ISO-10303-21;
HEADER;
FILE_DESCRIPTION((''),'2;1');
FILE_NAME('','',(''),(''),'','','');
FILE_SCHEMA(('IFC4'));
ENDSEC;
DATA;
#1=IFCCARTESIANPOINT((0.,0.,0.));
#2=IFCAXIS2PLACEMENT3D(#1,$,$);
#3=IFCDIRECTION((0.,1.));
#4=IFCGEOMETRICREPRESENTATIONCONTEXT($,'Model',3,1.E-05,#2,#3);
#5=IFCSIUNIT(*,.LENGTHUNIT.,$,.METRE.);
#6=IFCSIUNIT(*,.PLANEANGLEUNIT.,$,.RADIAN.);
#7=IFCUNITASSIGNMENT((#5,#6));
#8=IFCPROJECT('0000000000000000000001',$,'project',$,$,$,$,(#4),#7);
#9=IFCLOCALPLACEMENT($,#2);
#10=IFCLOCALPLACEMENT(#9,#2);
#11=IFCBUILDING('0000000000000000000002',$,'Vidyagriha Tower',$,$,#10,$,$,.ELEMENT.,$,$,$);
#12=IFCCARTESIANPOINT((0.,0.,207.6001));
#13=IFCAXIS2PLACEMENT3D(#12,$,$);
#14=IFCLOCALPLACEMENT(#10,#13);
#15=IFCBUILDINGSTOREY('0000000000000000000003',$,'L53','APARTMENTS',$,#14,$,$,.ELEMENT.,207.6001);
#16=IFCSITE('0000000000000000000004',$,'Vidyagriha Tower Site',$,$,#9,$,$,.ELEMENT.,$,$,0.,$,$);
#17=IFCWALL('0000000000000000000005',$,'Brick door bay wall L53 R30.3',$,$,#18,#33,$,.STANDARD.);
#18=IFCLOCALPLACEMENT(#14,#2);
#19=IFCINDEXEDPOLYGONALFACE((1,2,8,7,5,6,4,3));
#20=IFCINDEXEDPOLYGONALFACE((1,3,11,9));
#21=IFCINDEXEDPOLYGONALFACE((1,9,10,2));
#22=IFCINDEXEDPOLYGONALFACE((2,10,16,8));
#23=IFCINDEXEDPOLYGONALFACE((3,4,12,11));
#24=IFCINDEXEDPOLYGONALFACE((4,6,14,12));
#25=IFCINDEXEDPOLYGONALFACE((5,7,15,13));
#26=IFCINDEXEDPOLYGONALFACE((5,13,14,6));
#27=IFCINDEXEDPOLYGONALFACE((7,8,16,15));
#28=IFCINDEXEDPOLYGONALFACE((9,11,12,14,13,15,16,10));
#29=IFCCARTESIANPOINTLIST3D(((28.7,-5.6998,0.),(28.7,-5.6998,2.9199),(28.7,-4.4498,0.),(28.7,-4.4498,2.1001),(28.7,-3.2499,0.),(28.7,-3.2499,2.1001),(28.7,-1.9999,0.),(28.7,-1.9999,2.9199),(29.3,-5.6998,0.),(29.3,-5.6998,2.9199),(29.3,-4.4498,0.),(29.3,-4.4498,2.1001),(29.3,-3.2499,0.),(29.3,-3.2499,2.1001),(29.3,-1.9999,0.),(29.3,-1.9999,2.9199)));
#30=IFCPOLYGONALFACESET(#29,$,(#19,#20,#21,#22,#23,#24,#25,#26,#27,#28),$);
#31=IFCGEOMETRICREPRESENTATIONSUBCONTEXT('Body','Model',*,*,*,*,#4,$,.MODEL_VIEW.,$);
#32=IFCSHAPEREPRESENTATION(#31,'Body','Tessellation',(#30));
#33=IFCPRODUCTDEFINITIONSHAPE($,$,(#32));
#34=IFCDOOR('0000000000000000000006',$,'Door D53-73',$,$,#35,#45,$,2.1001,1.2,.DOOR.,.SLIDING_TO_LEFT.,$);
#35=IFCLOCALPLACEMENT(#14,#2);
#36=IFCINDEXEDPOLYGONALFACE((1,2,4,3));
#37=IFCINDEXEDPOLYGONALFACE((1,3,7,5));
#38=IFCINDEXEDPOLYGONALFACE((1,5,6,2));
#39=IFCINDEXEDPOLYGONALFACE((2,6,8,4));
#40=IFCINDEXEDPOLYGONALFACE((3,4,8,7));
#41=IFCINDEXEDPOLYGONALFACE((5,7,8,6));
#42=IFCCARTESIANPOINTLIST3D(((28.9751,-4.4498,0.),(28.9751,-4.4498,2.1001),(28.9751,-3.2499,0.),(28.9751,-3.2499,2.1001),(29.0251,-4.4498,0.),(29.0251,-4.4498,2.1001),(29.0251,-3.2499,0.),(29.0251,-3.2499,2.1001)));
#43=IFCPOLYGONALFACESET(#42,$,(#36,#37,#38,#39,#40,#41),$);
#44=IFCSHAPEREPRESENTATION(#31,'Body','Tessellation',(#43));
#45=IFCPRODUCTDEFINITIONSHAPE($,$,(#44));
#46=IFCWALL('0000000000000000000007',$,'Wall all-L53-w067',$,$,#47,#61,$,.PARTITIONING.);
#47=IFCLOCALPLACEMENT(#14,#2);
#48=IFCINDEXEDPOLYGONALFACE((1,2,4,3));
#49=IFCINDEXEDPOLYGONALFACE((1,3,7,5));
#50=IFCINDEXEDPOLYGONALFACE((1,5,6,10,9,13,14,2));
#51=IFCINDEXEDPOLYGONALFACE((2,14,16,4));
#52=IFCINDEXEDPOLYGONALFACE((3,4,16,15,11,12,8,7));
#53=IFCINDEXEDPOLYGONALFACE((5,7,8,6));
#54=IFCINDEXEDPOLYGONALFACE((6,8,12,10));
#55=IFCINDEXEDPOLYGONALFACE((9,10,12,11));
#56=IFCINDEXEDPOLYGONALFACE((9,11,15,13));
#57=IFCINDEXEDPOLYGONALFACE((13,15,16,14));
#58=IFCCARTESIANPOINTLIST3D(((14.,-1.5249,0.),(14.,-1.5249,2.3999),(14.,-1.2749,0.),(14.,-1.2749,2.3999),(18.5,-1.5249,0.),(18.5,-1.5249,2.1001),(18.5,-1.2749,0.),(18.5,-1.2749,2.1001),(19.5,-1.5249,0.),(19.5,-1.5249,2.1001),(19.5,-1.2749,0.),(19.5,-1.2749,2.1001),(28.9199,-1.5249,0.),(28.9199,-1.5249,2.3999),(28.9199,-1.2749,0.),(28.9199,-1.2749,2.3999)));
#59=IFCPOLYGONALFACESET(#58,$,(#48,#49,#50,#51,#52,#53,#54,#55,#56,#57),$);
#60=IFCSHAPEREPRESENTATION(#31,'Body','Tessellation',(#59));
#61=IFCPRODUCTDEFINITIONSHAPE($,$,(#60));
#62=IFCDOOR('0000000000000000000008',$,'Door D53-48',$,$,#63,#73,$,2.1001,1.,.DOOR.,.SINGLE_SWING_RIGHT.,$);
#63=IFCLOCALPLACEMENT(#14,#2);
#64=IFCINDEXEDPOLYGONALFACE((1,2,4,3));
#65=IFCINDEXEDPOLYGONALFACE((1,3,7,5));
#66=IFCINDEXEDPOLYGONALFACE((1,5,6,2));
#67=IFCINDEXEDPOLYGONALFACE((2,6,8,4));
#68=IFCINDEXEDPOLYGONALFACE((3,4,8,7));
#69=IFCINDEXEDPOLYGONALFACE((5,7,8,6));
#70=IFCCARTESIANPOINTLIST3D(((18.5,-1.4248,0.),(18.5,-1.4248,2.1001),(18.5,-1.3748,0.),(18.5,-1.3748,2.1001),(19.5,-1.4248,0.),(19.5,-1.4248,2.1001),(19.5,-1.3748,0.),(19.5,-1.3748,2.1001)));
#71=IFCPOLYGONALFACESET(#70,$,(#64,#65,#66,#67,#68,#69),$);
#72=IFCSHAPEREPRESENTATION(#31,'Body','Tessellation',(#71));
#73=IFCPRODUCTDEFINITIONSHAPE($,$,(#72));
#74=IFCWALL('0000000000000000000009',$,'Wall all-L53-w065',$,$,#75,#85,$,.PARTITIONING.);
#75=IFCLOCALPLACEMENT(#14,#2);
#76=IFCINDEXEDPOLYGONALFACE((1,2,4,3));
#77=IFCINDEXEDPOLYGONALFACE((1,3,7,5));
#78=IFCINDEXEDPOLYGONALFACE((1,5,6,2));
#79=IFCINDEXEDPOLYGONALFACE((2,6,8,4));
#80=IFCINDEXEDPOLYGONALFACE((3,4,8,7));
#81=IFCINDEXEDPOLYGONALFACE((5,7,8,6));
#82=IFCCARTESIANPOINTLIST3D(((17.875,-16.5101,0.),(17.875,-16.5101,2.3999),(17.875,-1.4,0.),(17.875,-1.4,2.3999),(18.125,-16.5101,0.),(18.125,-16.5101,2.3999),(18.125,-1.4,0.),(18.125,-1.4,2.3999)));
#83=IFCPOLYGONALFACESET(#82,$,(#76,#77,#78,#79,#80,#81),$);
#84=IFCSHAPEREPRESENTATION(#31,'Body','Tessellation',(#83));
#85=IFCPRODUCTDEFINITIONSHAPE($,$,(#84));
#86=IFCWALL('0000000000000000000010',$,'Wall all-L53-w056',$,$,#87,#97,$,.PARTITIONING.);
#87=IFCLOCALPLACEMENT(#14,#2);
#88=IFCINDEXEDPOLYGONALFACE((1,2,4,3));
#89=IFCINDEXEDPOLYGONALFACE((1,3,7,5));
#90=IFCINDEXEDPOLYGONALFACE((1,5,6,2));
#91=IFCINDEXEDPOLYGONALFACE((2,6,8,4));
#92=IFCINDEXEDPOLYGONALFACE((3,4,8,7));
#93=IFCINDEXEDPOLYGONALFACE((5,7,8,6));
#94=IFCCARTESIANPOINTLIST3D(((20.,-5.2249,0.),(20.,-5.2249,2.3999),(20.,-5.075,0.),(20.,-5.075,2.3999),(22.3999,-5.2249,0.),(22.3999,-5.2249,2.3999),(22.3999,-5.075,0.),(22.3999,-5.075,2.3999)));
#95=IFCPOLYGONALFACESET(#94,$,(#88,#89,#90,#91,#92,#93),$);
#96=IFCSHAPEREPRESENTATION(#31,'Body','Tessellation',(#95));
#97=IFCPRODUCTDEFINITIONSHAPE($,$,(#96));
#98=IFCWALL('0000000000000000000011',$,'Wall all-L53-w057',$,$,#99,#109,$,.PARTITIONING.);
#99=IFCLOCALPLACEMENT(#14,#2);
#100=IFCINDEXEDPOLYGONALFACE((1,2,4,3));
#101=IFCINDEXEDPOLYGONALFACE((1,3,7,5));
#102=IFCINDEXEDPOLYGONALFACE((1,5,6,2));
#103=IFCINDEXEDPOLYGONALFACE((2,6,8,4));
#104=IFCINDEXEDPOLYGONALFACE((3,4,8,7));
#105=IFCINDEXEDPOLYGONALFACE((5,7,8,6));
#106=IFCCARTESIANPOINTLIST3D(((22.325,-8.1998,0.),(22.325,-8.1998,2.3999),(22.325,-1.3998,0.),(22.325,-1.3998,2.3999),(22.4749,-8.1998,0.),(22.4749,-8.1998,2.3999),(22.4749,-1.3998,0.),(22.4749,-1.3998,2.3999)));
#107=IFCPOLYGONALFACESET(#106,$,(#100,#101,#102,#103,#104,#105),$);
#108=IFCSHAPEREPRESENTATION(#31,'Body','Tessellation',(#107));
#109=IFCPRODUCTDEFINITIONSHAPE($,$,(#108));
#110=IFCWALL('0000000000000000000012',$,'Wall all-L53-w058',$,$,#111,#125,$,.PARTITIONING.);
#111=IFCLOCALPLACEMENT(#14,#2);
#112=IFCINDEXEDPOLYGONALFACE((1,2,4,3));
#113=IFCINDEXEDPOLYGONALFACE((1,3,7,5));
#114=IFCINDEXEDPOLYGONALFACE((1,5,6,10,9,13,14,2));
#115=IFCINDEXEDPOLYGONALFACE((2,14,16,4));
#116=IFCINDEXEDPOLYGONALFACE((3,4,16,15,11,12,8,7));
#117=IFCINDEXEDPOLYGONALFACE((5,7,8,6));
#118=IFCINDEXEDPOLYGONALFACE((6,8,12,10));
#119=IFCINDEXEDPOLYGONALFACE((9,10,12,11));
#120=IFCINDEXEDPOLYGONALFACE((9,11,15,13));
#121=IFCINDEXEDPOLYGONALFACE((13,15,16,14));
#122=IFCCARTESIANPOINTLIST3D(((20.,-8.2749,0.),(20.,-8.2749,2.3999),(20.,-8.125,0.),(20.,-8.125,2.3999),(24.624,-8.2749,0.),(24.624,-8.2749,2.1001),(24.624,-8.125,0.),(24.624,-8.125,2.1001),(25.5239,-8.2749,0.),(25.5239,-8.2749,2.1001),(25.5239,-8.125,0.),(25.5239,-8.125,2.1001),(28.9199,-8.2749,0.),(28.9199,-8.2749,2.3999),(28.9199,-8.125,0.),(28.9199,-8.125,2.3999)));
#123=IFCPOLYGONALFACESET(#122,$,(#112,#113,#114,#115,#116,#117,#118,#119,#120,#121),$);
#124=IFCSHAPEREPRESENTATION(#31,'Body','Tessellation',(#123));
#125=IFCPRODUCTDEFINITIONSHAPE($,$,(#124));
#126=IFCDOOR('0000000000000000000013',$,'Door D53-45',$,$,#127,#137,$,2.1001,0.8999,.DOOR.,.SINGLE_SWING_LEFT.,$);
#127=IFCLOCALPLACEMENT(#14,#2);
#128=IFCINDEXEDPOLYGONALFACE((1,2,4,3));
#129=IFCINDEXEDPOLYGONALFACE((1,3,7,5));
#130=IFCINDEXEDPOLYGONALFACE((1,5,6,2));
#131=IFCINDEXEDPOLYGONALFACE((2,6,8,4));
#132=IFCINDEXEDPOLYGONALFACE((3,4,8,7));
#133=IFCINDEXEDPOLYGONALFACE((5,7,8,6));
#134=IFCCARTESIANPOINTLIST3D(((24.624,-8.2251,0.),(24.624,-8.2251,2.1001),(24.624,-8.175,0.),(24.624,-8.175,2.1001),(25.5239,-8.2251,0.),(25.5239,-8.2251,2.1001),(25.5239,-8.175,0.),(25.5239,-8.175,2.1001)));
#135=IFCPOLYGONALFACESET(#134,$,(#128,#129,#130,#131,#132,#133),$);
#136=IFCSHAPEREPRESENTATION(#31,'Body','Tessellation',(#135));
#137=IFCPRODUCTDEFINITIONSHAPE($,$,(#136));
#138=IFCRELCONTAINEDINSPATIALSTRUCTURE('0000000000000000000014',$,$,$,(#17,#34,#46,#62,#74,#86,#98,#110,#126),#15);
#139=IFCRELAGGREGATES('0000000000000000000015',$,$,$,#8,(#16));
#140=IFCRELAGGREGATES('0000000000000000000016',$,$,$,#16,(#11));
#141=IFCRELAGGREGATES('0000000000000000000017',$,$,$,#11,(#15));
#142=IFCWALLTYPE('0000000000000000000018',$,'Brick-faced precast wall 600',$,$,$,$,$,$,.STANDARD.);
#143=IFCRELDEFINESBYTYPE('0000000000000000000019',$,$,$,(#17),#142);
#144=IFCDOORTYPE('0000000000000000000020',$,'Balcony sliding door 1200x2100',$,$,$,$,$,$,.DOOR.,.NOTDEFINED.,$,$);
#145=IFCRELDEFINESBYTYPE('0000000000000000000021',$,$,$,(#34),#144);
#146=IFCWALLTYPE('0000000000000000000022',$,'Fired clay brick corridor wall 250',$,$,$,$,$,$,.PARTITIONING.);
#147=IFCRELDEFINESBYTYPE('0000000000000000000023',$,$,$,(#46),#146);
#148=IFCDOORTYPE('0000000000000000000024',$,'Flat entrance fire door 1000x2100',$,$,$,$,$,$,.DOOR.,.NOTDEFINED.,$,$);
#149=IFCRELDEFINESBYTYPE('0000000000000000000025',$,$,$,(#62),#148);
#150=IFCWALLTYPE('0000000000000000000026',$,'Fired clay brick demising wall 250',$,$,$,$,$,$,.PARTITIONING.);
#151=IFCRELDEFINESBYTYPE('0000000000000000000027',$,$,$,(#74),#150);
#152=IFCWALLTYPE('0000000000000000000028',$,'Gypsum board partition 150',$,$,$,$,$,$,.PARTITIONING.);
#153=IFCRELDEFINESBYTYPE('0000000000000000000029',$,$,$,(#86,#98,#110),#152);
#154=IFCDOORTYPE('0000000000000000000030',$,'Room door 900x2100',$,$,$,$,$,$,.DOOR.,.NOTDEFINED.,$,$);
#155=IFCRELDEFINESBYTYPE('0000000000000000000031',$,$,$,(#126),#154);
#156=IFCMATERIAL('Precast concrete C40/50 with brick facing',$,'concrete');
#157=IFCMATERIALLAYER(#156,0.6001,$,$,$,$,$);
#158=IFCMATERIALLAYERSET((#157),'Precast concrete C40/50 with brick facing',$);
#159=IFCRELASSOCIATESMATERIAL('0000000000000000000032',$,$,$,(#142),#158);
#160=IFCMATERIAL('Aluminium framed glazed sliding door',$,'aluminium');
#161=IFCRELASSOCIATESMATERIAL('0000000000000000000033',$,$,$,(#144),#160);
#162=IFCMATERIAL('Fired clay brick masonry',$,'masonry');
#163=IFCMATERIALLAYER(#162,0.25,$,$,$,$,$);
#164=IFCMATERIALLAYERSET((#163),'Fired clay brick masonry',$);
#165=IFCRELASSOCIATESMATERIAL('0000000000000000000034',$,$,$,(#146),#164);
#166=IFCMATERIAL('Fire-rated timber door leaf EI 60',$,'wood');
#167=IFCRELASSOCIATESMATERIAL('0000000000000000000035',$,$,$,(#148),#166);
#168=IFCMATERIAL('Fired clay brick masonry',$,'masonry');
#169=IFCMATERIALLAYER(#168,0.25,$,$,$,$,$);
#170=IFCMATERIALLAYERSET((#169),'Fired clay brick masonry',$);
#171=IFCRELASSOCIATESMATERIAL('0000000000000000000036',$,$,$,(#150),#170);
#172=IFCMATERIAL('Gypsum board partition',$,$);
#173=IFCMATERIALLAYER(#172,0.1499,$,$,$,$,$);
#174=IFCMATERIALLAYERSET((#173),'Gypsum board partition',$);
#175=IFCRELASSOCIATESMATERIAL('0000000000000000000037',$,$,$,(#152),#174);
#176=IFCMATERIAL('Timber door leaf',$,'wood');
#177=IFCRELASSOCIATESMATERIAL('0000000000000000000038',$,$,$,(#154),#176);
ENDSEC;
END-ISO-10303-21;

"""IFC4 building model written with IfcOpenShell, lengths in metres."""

from ifc_helpers import new_model, si_unit, direction, frame, frame_2d, origin, place, context, subcontext, project, spatial, rectangle, extrude, material, layer, layer_set, type_object, element, fill, save


model = new_model("IFC4")

# Units and contexts
model_context = context("Model", 3, precision=1e-05, world=origin(), true_north=direction((0.0, 1.0)))
body_context = subcontext(model_context, "Body", "Model", "MODEL_VIEW")
ifc_project = project(units=[si_unit("LENGTHUNIT", "METRE"), si_unit("PLANEANGLEUNIT", "RADIAN")], contexts=[model_context])

# Site, building, storey
site_placement = place(None, origin())
site = spatial("IfcSite", under=ifc_project, at=site_placement, Name="Vidyagriha Tower Site", CompositionType="ELEMENT", RefElevation=0.0)
building_placement = place(site_placement, origin())
building = spatial("IfcBuilding", under=site, at=building_placement, Name="Vidyagriha Tower", CompositionType="ELEMENT")
storey_placement = place(building_placement, frame((0.0, 0.0, 207.6001)))
storey = spatial("IfcBuildingStorey", under=building, at=storey_placement, Name="L53", Description="APARTMENTS", CompositionType="ELEMENT", Elevation=207.6001)

# Walls, openings, doors
ifc_material_1 = material(Name="Precast concrete C40/50 with brick facing", Category="concrete")
ifc_layer_1 = layer(ifc_material_1, 0.6001)
ifc_layer_set_1 = layer_set([ifc_layer_1], Name="Precast concrete C40/50 with brick facing")
wall_type_1 = type_object("IfcWallType", Name="Brick-faced precast wall 600", PredefinedType="STANDARD", material=ifc_layer_set_1)
wall_1_placement = place(storey_placement, frame((29.0, -5.7, 0.0), z_axis=(0.0, 0.0, 1.0), x_axis=(0.0, 1.0, 0.0)))
wall_1 = element("IfcWall", 1, at=wall_1_placement, inside=storey, type_object=wall_type_1, Name="Brick door bay wall L53 R30.3", PredefinedType="STANDARD", context=body_context, shape_type="SweptSolid", body=[
    extrude(rectangle(XDim=3.7, YDim=0.6001, at=frame_2d((1.8501, 0.0))), origin(), (0.0, 0.0, 1.0), 2.9199),
])
opening_1_placement = place(wall_1_placement, frame((1.25, 0.0, 0.0)))
opening_1 = element("IfcOpeningElement", 2, at=opening_1_placement, cuts=wall_1, PredefinedType="OPENING", context=body_context, shape_type="SweptSolid", body=[
    extrude(rectangle(XDim=1.2, YDim=2.1001, at=frame_2d((0.6001, 1.05))), frame((0.0, 0.3101, 0.0), z_axis=(0.0, -1.0, 0.0), x_axis=(1.0, 0.0, 0.0)), (0.0, 0.0, 1.0), 0.6201),
])
ifc_material_2 = material(Name="Aluminium framed glazed sliding door", Category="aluminium")
door_type_1 = type_object("IfcDoorType", Name="Balcony sliding door 1200x2100", OperationType="NOTDEFINED", PredefinedType="DOOR", material=ifc_material_2)
door_1_placement = place(opening_1_placement, origin())
door_1 = element("IfcDoor", 3, at=door_1_placement, inside=storey, type_object=door_type_1, Name="Door D53-73", OperationType="SLIDING_TO_LEFT", OverallHeight=2.1001, OverallWidth=1.2, PredefinedType="DOOR", context=body_context, shape_type="SweptSolid", body=[
    extrude(rectangle(XDim=1.2, YDim=2.1001, at=frame_2d((0.6001, 1.05))), frame((0.0, 0.0249, 0.0), z_axis=(0.0, -1.0, 0.0), x_axis=(1.0, 0.0, 0.0)), (0.0, 0.0, 1.0), 0.05),
])
fill(opening_1, door_1)
ifc_material_3 = material(Name="Fired clay brick masonry", Category="masonry")
ifc_layer_2 = layer(ifc_material_3, 0.25)
ifc_layer_set_2 = layer_set([ifc_layer_2], Name="Fired clay brick masonry")
wall_type_2 = type_object("IfcWallType", Name="Fired clay brick corridor wall 250", PredefinedType="PARTITIONING", material=ifc_layer_set_2)
wall_2_placement = place(storey_placement, frame((28.9199, -1.3999, 0.0), z_axis=(0.0, 0.0, 1.0), x_axis=(-1.0, 0.0, 0.0)))
wall_2 = element("IfcWall", 4, at=wall_2_placement, inside=storey, type_object=wall_type_2, Name="Wall all-L53-w067", PredefinedType="PARTITIONING", context=body_context, shape_type="SweptSolid", body=[
    extrude(rectangle(XDim=14.9199, YDim=0.25, at=frame_2d((7.46, 0.0))), origin(), (0.0, 0.0, 1.0), 2.3999),
])
opening_2_placement = place(wall_2_placement, frame((9.4199, 0.0, 0.0)))
opening_2 = element("IfcOpeningElement", 5, at=opening_2_placement, cuts=wall_2, PredefinedType="OPENING", context=body_context, shape_type="SweptSolid", body=[
    extrude(rectangle(XDim=1.0, YDim=2.1001, at=frame_2d((0.5, 1.05))), frame((0.0, 0.135, 0.0), z_axis=(0.0, -1.0, 0.0), x_axis=(1.0, 0.0, 0.0)), (0.0, 0.0, 1.0), 0.27),
])
ifc_material_4 = material(Name="Fire-rated timber door leaf EI 60", Category="wood")
door_type_2 = type_object("IfcDoorType", Name="Flat entrance fire door 1000x2100", OperationType="NOTDEFINED", PredefinedType="DOOR", material=ifc_material_4)
door_2_placement = place(opening_2_placement, origin())
door_2 = element("IfcDoor", 6, at=door_2_placement, inside=storey, type_object=door_type_2, Name="Door D53-48", OperationType="SINGLE_SWING_RIGHT", OverallHeight=2.1001, OverallWidth=1.0, PredefinedType="DOOR", context=body_context, shape_type="SweptSolid", body=[
    extrude(rectangle(XDim=1.0, YDim=2.1001, at=frame_2d((0.5, 1.05))), frame((0.0, 0.0249, 0.0), z_axis=(0.0, -1.0, 0.0), x_axis=(1.0, 0.0, 0.0)), (0.0, 0.0, 1.0), 0.05),
])
fill(opening_2, door_2)

# Walls
ifc_material_5 = material(Name="Fired clay brick masonry", Category="masonry")
ifc_layer_3 = layer(ifc_material_5, 0.25)
ifc_layer_set_3 = layer_set([ifc_layer_3], Name="Fired clay brick masonry")
wall_type_3 = type_object("IfcWallType", Name="Fired clay brick demising wall 250", PredefinedType="PARTITIONING", material=ifc_layer_set_3)
wall_3_placement = place(storey_placement, frame((18.0, -1.3999, 0.0), z_axis=(0.0, 0.0, 1.0), x_axis=(0.0, -1.0, 0.0)))
element("IfcWall", 7, at=wall_3_placement, inside=storey, type_object=wall_type_3, Name="Wall all-L53-w065", PredefinedType="PARTITIONING", context=body_context, shape_type="SweptSolid", body=[
    extrude(rectangle(XDim=15.1101, YDim=0.25, at=frame_2d((7.5552, 0.0))), origin(), (0.0, 0.0, 1.0), 2.3999),
])
ifc_material_6 = material(Name="Gypsum board partition")
ifc_layer_4 = layer(ifc_material_6, 0.1499)
ifc_layer_set_4 = layer_set([ifc_layer_4], Name="Gypsum board partition")
wall_type_4 = type_object("IfcWallType", Name="Gypsum board partition 150", PredefinedType="PARTITIONING", material=ifc_layer_set_4)
wall_4_placement = place(storey_placement, frame((22.3999, -5.1499, 0.0), z_axis=(0.0, 0.0, 1.0), x_axis=(-1.0, 0.0, 0.0)))
element("IfcWall", 8, at=wall_4_placement, inside=storey, type_object=wall_type_4, Name="Wall all-L53-w056", PredefinedType="PARTITIONING", context=body_context, shape_type="SweptSolid", body=[
    extrude(rectangle(XDim=2.3999, YDim=0.1499, at=frame_2d((1.2, 0.0))), origin(), (0.0, 0.0, 1.0), 2.3999),
])
wall_5_placement = place(storey_placement, frame((22.3999, -1.3999, 0.0), z_axis=(0.0, 0.0, 1.0), x_axis=(0.0, -1.0, 0.0)))
element("IfcWall", 9, at=wall_5_placement, inside=storey, type_object=wall_type_4, Name="Wall all-L53-w057", PredefinedType="PARTITIONING", context=body_context, shape_type="SweptSolid", body=[
    extrude(rectangle(XDim=6.8, YDim=0.1499, at=frame_2d((3.3999, 0.0))), origin(), (0.0, 0.0, 1.0), 2.3999),
])

# Wall, opening, door
wall_6_placement = place(storey_placement, frame((20.0, -8.2, 0.0)))
wall_6 = element("IfcWall", 10, at=wall_6_placement, inside=storey, type_object=wall_type_4, Name="Wall all-L53-w058", PredefinedType="PARTITIONING", context=body_context, shape_type="SweptSolid", body=[
    extrude(rectangle(XDim=8.9199, YDim=0.1499, at=frame_2d((4.46, 0.0))), origin(), (0.0, 0.0, 1.0), 2.3999),
])
opening_3_placement = place(wall_6_placement, frame((4.624, 0.0, 0.0)))
opening_3 = element("IfcOpeningElement", 11, at=opening_3_placement, cuts=wall_6, PredefinedType="OPENING", context=body_context, shape_type="SweptSolid", body=[
    extrude(rectangle(XDim=0.8999, YDim=2.1001, at=frame_2d((0.45, 1.05))), frame((0.0, 0.085, 0.0), z_axis=(0.0, -1.0, 0.0), x_axis=(1.0, 0.0, 0.0)), (0.0, 0.0, 1.0), 0.1699),
])
ifc_material_7 = material(Name="Timber door leaf", Category="wood")
door_type_3 = type_object("IfcDoorType", Name="Room door 900x2100", OperationType="NOTDEFINED", PredefinedType="DOOR", material=ifc_material_7)
door_3_placement = place(opening_3_placement, origin())
door_3 = element("IfcDoor", 12, at=door_3_placement, inside=storey, type_object=door_type_3, Name="Door D53-45", OperationType="SINGLE_SWING_LEFT", OverallHeight=2.1001, OverallWidth=0.8999, PredefinedType="DOOR", context=body_context, shape_type="SweptSolid", body=[
    extrude(rectangle(XDim=0.8999, YDim=2.1001, at=frame_2d((0.45, 1.05))), frame((0.0, 0.0249, 0.0), z_axis=(0.0, -1.0, 0.0), x_axis=(1.0, 0.0, 0.0)), (0.0, 0.0, 1.0), 0.05),
])
fill(opening_3, door_3)

save(model, "model.ifc")
